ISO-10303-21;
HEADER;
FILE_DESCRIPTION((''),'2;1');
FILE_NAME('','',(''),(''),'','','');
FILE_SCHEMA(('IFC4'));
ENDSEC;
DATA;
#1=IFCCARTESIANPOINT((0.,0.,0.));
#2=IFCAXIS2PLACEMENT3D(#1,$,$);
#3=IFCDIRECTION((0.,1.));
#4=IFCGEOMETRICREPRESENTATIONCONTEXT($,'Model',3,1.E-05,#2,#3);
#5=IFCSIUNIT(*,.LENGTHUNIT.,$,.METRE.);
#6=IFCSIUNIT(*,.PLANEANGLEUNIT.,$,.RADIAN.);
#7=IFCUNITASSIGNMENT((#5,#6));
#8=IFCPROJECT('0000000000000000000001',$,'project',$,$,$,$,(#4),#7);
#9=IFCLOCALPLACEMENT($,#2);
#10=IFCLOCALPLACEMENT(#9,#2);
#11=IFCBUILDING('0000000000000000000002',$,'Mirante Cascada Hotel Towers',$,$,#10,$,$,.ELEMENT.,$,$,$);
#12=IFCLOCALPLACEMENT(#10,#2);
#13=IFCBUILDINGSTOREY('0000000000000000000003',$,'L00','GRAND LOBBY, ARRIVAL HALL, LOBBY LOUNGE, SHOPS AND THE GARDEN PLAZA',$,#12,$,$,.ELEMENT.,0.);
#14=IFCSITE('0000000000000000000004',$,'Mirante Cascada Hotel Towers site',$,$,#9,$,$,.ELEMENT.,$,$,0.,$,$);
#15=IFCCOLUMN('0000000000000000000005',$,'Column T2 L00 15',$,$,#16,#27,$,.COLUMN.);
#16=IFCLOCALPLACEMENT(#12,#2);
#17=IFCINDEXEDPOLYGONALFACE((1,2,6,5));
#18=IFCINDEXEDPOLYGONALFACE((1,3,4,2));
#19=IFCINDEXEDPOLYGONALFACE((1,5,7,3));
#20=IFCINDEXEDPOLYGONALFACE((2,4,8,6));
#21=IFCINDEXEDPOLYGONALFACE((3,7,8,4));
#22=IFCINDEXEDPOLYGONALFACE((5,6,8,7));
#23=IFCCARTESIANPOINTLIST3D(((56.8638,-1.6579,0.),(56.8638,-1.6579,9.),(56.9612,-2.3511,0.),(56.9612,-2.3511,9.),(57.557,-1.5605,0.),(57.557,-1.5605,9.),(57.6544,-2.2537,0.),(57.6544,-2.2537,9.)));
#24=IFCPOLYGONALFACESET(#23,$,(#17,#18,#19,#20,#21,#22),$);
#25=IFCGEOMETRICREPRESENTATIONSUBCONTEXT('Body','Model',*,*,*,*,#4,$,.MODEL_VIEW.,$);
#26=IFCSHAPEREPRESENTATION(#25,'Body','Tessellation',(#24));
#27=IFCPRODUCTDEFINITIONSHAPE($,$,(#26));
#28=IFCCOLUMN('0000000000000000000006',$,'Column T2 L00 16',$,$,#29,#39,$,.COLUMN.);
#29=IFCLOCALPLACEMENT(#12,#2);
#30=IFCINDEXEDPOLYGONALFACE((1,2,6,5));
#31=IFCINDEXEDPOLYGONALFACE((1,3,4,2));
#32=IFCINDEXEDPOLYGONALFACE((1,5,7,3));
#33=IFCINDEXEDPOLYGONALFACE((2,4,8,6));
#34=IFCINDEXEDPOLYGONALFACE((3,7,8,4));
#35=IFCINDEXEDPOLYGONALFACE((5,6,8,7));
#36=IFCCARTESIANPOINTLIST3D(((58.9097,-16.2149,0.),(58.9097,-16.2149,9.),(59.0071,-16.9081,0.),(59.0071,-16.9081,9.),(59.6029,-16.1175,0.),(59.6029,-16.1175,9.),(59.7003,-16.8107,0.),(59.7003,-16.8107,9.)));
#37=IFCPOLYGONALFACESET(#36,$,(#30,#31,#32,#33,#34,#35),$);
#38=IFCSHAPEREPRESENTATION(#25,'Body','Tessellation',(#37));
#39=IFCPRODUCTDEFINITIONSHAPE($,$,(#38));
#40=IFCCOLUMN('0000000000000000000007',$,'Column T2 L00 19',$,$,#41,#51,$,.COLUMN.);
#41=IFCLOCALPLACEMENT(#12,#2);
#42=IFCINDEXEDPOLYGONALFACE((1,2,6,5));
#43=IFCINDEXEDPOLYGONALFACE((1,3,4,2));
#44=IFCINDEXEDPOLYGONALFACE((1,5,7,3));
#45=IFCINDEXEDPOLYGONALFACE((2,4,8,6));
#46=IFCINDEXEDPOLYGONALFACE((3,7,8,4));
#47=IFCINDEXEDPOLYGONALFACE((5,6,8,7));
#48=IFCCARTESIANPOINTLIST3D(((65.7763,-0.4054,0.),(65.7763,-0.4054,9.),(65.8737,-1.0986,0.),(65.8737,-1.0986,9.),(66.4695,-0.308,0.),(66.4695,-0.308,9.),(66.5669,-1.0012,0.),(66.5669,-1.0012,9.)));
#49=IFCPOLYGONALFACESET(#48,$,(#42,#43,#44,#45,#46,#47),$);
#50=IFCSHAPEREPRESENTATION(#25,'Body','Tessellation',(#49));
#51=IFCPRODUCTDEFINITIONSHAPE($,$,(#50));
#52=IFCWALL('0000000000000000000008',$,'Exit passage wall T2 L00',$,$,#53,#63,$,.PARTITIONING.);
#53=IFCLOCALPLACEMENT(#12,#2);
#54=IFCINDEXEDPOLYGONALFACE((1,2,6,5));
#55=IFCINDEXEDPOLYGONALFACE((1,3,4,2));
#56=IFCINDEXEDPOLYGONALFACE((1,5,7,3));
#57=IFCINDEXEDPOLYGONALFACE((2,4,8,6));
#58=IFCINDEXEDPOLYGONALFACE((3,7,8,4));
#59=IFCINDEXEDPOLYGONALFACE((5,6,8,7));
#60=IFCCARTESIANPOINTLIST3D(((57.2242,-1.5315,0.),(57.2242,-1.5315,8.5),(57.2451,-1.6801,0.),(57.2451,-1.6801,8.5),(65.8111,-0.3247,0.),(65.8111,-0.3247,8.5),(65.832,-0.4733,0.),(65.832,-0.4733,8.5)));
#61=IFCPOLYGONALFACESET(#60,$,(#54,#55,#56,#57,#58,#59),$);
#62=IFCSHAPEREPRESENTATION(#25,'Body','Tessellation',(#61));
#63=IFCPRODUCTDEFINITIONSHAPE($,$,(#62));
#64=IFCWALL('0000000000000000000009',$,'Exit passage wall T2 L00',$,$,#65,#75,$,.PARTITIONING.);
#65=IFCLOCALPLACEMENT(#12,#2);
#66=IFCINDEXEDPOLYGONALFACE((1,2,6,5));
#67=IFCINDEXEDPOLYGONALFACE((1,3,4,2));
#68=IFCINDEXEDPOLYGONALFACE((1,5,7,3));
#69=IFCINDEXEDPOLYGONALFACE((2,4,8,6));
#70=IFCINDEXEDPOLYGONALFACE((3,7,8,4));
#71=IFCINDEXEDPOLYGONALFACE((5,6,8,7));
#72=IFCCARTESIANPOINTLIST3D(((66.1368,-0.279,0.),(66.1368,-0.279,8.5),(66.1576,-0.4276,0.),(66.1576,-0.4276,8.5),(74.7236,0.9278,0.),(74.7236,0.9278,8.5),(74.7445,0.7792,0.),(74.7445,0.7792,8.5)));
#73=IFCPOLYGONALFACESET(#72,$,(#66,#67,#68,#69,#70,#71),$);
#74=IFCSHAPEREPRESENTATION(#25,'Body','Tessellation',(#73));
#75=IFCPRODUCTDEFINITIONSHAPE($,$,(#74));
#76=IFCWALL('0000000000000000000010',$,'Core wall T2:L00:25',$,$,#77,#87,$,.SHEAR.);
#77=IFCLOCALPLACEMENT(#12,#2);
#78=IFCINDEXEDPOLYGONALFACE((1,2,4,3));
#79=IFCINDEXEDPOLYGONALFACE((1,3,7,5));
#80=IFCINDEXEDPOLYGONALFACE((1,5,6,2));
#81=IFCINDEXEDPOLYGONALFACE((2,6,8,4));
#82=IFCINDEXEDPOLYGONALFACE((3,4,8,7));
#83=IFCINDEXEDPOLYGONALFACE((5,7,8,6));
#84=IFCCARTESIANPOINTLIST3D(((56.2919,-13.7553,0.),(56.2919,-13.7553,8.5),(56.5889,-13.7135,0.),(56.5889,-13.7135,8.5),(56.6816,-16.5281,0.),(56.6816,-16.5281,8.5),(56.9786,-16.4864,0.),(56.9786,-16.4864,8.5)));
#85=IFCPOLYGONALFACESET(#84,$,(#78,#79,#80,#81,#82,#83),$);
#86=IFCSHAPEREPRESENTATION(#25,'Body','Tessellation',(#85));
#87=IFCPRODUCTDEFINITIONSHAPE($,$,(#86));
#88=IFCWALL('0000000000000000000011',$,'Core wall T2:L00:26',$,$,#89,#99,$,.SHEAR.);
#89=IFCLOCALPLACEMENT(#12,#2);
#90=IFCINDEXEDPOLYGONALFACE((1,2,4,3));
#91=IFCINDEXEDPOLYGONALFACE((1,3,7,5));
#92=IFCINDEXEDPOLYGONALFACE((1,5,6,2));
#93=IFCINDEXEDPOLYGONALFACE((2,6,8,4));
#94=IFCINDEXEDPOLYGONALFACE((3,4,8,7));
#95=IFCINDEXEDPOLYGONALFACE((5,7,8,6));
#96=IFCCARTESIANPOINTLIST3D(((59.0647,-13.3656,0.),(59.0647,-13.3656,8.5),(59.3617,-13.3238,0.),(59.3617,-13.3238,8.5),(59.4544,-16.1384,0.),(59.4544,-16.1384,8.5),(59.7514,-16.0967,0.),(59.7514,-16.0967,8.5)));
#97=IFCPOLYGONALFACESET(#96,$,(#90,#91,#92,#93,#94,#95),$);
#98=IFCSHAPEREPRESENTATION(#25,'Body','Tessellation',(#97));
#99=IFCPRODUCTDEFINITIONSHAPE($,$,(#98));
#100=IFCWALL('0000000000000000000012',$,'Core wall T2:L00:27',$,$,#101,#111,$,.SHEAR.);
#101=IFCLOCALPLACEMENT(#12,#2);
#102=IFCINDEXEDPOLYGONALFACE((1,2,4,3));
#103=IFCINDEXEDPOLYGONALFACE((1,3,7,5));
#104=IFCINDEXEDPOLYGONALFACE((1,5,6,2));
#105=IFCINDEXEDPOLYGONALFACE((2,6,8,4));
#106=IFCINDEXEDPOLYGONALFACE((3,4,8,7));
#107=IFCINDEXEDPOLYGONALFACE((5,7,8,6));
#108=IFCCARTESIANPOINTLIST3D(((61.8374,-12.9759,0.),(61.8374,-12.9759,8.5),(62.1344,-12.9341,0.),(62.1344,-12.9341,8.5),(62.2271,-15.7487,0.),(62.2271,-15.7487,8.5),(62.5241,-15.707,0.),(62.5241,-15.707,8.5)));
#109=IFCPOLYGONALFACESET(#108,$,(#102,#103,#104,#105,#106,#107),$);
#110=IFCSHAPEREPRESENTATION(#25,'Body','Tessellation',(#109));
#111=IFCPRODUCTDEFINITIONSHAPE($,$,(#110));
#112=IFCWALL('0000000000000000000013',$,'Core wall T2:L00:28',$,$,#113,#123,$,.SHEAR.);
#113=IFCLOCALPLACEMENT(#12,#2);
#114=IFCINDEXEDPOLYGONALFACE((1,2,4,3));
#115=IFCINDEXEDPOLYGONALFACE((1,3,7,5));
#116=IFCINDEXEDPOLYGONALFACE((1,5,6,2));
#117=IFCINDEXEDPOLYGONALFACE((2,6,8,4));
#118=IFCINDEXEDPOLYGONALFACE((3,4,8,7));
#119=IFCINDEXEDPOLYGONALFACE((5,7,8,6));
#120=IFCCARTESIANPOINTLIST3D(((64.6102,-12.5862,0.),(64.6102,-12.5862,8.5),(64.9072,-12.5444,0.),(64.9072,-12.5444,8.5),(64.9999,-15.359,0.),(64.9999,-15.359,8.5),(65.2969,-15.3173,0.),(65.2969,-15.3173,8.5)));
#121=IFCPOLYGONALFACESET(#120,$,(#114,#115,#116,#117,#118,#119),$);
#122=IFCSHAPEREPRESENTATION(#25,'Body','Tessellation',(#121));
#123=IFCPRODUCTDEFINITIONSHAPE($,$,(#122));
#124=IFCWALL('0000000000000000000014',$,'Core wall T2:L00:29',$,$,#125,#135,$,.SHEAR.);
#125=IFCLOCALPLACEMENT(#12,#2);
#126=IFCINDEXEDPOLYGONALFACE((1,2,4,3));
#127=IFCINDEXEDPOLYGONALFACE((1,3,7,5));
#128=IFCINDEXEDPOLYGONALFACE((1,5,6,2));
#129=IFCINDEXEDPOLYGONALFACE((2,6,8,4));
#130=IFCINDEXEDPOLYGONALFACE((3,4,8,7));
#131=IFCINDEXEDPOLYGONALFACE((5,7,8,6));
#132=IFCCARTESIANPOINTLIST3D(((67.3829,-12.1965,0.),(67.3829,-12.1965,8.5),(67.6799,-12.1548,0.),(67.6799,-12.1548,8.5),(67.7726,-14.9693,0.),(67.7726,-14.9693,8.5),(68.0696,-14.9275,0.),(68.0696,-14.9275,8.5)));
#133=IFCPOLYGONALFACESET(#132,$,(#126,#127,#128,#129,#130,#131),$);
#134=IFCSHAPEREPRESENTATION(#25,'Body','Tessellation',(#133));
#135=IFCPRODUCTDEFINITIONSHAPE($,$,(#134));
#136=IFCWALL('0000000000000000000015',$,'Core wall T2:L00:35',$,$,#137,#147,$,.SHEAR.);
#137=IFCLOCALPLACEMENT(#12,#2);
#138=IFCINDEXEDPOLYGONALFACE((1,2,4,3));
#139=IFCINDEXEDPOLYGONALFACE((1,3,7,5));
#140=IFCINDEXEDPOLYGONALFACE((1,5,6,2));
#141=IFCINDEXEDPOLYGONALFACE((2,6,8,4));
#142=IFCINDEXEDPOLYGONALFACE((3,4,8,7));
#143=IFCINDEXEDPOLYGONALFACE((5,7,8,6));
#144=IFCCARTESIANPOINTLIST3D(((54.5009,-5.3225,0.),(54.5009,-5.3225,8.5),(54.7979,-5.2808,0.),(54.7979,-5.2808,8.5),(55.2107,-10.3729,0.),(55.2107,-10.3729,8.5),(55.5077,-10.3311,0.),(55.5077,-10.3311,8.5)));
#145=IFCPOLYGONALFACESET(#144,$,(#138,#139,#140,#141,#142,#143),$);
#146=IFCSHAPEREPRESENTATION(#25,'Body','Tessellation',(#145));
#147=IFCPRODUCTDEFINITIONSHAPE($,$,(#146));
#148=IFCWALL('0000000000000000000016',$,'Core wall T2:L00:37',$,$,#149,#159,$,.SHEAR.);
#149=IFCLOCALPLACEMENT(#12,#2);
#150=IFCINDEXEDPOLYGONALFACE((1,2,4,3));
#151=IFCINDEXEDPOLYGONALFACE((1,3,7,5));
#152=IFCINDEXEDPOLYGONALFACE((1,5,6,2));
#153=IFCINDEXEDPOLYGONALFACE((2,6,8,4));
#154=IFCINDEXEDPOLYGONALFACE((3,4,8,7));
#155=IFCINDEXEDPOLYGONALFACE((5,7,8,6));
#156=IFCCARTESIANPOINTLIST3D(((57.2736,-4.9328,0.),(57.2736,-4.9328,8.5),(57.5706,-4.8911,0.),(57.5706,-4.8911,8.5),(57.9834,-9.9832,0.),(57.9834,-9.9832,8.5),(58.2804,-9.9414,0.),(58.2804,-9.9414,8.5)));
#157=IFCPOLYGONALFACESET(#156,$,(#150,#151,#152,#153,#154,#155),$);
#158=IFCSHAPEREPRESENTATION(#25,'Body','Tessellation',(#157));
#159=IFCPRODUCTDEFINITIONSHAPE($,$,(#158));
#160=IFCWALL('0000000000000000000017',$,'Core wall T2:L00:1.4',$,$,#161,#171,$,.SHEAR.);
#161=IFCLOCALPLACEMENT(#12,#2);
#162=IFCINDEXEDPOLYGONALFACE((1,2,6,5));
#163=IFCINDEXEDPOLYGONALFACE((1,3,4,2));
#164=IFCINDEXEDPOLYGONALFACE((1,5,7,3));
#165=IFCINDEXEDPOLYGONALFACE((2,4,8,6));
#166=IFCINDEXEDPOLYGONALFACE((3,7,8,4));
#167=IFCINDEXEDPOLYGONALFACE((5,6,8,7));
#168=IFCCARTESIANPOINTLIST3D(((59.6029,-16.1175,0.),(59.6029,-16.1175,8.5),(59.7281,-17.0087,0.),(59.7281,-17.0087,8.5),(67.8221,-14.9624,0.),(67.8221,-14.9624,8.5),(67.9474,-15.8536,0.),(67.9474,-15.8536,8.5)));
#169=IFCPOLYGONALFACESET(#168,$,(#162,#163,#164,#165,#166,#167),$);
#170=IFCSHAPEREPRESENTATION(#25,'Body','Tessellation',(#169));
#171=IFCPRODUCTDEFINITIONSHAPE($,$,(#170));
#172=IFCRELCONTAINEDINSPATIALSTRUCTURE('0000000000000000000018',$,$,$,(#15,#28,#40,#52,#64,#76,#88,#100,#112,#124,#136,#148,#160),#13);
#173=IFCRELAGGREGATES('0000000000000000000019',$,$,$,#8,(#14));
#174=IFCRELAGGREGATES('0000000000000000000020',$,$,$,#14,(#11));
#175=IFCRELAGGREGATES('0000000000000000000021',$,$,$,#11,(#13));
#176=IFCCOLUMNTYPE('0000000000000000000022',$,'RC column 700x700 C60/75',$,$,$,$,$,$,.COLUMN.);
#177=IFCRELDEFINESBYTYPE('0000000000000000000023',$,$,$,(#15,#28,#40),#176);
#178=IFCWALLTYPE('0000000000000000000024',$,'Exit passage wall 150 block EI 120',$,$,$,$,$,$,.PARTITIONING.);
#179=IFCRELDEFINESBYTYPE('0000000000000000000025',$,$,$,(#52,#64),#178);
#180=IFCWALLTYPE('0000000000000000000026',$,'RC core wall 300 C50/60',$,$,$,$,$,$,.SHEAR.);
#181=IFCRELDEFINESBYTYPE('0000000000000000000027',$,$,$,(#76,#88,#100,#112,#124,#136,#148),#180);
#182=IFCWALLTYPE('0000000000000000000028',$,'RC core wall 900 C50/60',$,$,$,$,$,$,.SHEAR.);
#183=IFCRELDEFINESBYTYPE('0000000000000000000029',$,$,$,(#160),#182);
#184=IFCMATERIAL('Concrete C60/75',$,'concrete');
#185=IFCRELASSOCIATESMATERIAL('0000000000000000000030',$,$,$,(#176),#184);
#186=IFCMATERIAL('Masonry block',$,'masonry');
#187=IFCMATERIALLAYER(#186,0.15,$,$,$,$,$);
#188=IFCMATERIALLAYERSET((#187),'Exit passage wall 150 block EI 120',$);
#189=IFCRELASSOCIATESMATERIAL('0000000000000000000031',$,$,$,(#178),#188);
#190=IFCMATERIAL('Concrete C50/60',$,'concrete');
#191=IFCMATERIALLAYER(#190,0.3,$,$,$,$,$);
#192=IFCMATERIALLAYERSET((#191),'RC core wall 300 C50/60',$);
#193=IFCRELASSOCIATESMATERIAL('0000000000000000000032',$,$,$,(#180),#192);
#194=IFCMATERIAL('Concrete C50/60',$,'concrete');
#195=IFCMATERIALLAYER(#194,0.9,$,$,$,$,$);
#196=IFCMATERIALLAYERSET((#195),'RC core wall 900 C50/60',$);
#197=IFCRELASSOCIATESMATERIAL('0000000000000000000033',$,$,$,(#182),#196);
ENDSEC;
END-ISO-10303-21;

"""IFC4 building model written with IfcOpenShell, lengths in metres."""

from ifc_helpers import new_model, si_unit, direction, frame, frame_2d, origin, origin_2d, place, context, subcontext, project, spatial, rectangle, extrude, material, layer, layer_set, material_profile, profile_set, type_object, element, save


model = new_model("IFC4")

# Units and contexts
model_context = context("Model", 3, precision=1e-05, world=origin(), true_north=direction((0.0, 1.0)))
body_context = subcontext(model_context, "Body", "Model", "MODEL_VIEW")
ifc_project = project(units=[si_unit("LENGTHUNIT", "METRE"), si_unit("PLANEANGLEUNIT", "RADIAN")], contexts=[model_context])

# Site, building, storey
site_placement = place(None, origin())
site = spatial("IfcSite", under=ifc_project, at=site_placement, Name="Mirante Cascada Hotel Towers site", CompositionType="ELEMENT", RefElevation=0.0)
building_placement = place(site_placement, origin())
building = spatial("IfcBuilding", under=site, at=building_placement, Name="Mirante Cascada Hotel Towers", CompositionType="ELEMENT")
storey_placement = place(building_placement, origin())
storey = spatial("IfcBuildingStorey", under=building, at=storey_placement, Name="L00", Description="GRAND LOBBY, ARRIVAL HALL, LOBBY LOUNGE, SHOPS AND THE GARDEN PLAZA", CompositionType="ELEMENT", Elevation=0.0)

# Columns
ifc_material_1 = material(Name="Concrete C60/75", Category="concrete")
ifc_material_profile = material_profile(ifc_material_1, rectangle(XDim=0.7, YDim=0.7, at=origin_2d()), Name="RC column 700x700 C60/75")
ifc_profile_set = profile_set([ifc_material_profile], Name="Concrete C60/75")
column_type = type_object("IfcColumnType", Name="RC column 700x700 C60/75", PredefinedType="COLUMN", material=ifc_profile_set)
for number, where, z_axis, x_axis, name in (
    (1, (57.2591, -1.9558, 0.0), (0.0, 0.0, 1.0), (0.990268, 0.139173, 0.0), "Column T2 L00 15"),
    (2, (59.305, -16.5128, 0.0), (0.0, 0.0, 1.0), (0.990268, 0.139173, 0.0), "Column T2 L00 16"),
    (3, (66.1716, -0.7033, 0.0), (0.0, 0.0, 1.0), (0.990268, 0.139173, 0.0), "Column T2 L00 19"),
):
    element("IfcColumn", number, at=place(storey_placement, frame(where, z_axis=z_axis, x_axis=x_axis)), inside=storey, type_object=column_type, Name=name, PredefinedType="COLUMN", context=body_context, shape_type="SweptSolid", body=[
        extrude(rectangle(XDim=0.7, YDim=0.7, at=origin_2d()), origin(), (0.0, 0.0, 1.0), 9.0),
    ])

# Walls
ifc_material_2 = material(Name="Masonry block", Category="masonry")
ifc_layer_1 = layer(ifc_material_2, 0.15)
ifc_layer_set_1 = layer_set([ifc_layer_1], Name="Exit passage wall 150 block EI 120")
wall_type_1 = type_object("IfcWallType", Name="Exit passage wall 150 block EI 120", PredefinedType="PARTITIONING", material=ifc_layer_set_1)
wall_1_placement = place(storey_placement, frame((57.2347, -1.6058, 0.0), z_axis=(0.0, 0.0, 1.0), x_axis=(0.990268, 0.139172, 0.0)))
element("IfcWall", 4, at=wall_1_placement, inside=storey, type_object=wall_type_1, Name="Exit passage wall T2 L00", PredefinedType="PARTITIONING", context=body_context, shape_type="SweptSolid", body=[
    extrude(rectangle(XDim=8.6713, YDim=0.15, at=frame_2d((4.3356, 0.0))), origin(), (0.0, 0.0, 1.0), 8.5),
])
wall_2_placement = place(storey_placement, frame((66.1472, -0.3533, 0.0), z_axis=(0.0, 0.0, 1.0), x_axis=(0.990268, 0.139174, 0.0)))
element("IfcWall", 5, at=wall_2_placement, inside=storey, type_object=wall_type_1, Name="Exit passage wall T2 L00", PredefinedType="PARTITIONING", context=body_context, shape_type="SweptSolid", body=[
    extrude(rectangle(XDim=8.6712, YDim=0.15, at=frame_2d((4.3356, 0.0))), origin(), (0.0, 0.0, 1.0), 8.5),
])
ifc_material_3 = material(Name="Concrete C50/60", Category="concrete")
ifc_layer_2 = layer(ifc_material_3, 0.3)
ifc_layer_set_2 = layer_set([ifc_layer_2], Name="RC core wall 300 C50/60")
wall_type_2 = type_object("IfcWallType", Name="RC core wall 300 C50/60", PredefinedType="SHEAR", material=ifc_layer_set_2)
for number, where, z_axis, x_axis, name in (
    (6, (56.8301, -16.5072, 0.0), (0.0, 0.0, 1.0), (-0.139176, 0.990268, 0.0), "Core wall T2:L00:25"),
    (7, (59.6029, -16.1175, 0.0), (0.0, 0.0, 1.0), (-0.139176, 0.990268, 0.0), "Core wall T2:L00:26"),
    (8, (62.3756, -15.7278, 0.0), (0.0, 0.0, 1.0), (-0.139176, 0.990268, 0.0), "Core wall T2:L00:27"),
    (9, (65.1484, -15.3381, 0.0), (0.0, 0.0, 1.0), (-0.139176, 0.990268, 0.0), "Core wall T2:L00:28"),
):
    element("IfcWall", number, at=place(storey_placement, frame(where, z_axis=z_axis, x_axis=x_axis)), inside=storey, type_object=wall_type_2, Name=name, PredefinedType="SHEAR", context=body_context, shape_type="SweptSolid", body=[
        extrude(rectangle(XDim=2.8001, YDim=0.3, at=frame_2d((1.4, 0.0))), origin(), (0.0, 0.0, 1.0), 8.5),
    ])
wall_3_placement = place(storey_placement, frame((67.9211, -14.9484, 0.0), z_axis=(0.0, 0.0, 1.0), x_axis=(-0.139181, 0.990267, 0.0)))
element("IfcWall", 10, at=wall_3_placement, inside=storey, type_object=wall_type_2, Name="Core wall T2:L00:29", PredefinedType="SHEAR", context=body_context, shape_type="SweptSolid", body=[
    extrude(rectangle(XDim=2.8, YDim=0.3, at=frame_2d((1.4, 0.0))), origin(), (0.0, 0.0, 1.0), 8.5),
])
for number, where, z_axis, x_axis, name in (
    (11, (55.3592, -10.352, 0.0), (0.0, 0.0, 1.0), (-0.139176, 0.990268, 0.0), "Core wall T2:L00:35"),
    (12, (58.1319, -9.9623, 0.0), (0.0, 0.0, 1.0), (-0.139176, 0.990268, 0.0), "Core wall T2:L00:37"),
):
    element("IfcWall", number, at=place(storey_placement, frame(where, z_axis=z_axis, x_axis=x_axis)), inside=storey, type_object=wall_type_2, Name=name, PredefinedType="SHEAR", context=body_context, shape_type="SweptSolid", body=[
        extrude(rectangle(XDim=5.1, YDim=0.3, at=frame_2d((2.55, 0.0))), origin(), (0.0, 0.0, 1.0), 8.5),
    ])
ifc_material_4 = material(Name="Concrete C50/60", Category="concrete")
ifc_layer_3 = layer(ifc_material_4, 0.9)
ifc_layer_set_3 = layer_set([ifc_layer_3], Name="RC core wall 900 C50/60")
wall_type_3 = type_object("IfcWallType", Name="RC core wall 900 C50/60", PredefinedType="SHEAR", material=ifc_layer_set_3)
wall_4_placement = place(storey_placement, frame((59.6655, -16.5631, 0.0), z_axis=(0.0, 0.0, 1.0), x_axis=(0.990269, 0.139169, 0.0)))
element("IfcWall", 13, at=wall_4_placement, inside=storey, type_object=wall_type_3, Name="Core wall T2:L00:1.4", PredefinedType="SHEAR", context=body_context, shape_type="SweptSolid", body=[
    extrude(rectangle(XDim=8.3, YDim=0.9, at=frame_2d((4.15, 0.0))), origin(), (0.0, 0.0, 1.0), 8.5),
])

save(model, "model.ifc")
